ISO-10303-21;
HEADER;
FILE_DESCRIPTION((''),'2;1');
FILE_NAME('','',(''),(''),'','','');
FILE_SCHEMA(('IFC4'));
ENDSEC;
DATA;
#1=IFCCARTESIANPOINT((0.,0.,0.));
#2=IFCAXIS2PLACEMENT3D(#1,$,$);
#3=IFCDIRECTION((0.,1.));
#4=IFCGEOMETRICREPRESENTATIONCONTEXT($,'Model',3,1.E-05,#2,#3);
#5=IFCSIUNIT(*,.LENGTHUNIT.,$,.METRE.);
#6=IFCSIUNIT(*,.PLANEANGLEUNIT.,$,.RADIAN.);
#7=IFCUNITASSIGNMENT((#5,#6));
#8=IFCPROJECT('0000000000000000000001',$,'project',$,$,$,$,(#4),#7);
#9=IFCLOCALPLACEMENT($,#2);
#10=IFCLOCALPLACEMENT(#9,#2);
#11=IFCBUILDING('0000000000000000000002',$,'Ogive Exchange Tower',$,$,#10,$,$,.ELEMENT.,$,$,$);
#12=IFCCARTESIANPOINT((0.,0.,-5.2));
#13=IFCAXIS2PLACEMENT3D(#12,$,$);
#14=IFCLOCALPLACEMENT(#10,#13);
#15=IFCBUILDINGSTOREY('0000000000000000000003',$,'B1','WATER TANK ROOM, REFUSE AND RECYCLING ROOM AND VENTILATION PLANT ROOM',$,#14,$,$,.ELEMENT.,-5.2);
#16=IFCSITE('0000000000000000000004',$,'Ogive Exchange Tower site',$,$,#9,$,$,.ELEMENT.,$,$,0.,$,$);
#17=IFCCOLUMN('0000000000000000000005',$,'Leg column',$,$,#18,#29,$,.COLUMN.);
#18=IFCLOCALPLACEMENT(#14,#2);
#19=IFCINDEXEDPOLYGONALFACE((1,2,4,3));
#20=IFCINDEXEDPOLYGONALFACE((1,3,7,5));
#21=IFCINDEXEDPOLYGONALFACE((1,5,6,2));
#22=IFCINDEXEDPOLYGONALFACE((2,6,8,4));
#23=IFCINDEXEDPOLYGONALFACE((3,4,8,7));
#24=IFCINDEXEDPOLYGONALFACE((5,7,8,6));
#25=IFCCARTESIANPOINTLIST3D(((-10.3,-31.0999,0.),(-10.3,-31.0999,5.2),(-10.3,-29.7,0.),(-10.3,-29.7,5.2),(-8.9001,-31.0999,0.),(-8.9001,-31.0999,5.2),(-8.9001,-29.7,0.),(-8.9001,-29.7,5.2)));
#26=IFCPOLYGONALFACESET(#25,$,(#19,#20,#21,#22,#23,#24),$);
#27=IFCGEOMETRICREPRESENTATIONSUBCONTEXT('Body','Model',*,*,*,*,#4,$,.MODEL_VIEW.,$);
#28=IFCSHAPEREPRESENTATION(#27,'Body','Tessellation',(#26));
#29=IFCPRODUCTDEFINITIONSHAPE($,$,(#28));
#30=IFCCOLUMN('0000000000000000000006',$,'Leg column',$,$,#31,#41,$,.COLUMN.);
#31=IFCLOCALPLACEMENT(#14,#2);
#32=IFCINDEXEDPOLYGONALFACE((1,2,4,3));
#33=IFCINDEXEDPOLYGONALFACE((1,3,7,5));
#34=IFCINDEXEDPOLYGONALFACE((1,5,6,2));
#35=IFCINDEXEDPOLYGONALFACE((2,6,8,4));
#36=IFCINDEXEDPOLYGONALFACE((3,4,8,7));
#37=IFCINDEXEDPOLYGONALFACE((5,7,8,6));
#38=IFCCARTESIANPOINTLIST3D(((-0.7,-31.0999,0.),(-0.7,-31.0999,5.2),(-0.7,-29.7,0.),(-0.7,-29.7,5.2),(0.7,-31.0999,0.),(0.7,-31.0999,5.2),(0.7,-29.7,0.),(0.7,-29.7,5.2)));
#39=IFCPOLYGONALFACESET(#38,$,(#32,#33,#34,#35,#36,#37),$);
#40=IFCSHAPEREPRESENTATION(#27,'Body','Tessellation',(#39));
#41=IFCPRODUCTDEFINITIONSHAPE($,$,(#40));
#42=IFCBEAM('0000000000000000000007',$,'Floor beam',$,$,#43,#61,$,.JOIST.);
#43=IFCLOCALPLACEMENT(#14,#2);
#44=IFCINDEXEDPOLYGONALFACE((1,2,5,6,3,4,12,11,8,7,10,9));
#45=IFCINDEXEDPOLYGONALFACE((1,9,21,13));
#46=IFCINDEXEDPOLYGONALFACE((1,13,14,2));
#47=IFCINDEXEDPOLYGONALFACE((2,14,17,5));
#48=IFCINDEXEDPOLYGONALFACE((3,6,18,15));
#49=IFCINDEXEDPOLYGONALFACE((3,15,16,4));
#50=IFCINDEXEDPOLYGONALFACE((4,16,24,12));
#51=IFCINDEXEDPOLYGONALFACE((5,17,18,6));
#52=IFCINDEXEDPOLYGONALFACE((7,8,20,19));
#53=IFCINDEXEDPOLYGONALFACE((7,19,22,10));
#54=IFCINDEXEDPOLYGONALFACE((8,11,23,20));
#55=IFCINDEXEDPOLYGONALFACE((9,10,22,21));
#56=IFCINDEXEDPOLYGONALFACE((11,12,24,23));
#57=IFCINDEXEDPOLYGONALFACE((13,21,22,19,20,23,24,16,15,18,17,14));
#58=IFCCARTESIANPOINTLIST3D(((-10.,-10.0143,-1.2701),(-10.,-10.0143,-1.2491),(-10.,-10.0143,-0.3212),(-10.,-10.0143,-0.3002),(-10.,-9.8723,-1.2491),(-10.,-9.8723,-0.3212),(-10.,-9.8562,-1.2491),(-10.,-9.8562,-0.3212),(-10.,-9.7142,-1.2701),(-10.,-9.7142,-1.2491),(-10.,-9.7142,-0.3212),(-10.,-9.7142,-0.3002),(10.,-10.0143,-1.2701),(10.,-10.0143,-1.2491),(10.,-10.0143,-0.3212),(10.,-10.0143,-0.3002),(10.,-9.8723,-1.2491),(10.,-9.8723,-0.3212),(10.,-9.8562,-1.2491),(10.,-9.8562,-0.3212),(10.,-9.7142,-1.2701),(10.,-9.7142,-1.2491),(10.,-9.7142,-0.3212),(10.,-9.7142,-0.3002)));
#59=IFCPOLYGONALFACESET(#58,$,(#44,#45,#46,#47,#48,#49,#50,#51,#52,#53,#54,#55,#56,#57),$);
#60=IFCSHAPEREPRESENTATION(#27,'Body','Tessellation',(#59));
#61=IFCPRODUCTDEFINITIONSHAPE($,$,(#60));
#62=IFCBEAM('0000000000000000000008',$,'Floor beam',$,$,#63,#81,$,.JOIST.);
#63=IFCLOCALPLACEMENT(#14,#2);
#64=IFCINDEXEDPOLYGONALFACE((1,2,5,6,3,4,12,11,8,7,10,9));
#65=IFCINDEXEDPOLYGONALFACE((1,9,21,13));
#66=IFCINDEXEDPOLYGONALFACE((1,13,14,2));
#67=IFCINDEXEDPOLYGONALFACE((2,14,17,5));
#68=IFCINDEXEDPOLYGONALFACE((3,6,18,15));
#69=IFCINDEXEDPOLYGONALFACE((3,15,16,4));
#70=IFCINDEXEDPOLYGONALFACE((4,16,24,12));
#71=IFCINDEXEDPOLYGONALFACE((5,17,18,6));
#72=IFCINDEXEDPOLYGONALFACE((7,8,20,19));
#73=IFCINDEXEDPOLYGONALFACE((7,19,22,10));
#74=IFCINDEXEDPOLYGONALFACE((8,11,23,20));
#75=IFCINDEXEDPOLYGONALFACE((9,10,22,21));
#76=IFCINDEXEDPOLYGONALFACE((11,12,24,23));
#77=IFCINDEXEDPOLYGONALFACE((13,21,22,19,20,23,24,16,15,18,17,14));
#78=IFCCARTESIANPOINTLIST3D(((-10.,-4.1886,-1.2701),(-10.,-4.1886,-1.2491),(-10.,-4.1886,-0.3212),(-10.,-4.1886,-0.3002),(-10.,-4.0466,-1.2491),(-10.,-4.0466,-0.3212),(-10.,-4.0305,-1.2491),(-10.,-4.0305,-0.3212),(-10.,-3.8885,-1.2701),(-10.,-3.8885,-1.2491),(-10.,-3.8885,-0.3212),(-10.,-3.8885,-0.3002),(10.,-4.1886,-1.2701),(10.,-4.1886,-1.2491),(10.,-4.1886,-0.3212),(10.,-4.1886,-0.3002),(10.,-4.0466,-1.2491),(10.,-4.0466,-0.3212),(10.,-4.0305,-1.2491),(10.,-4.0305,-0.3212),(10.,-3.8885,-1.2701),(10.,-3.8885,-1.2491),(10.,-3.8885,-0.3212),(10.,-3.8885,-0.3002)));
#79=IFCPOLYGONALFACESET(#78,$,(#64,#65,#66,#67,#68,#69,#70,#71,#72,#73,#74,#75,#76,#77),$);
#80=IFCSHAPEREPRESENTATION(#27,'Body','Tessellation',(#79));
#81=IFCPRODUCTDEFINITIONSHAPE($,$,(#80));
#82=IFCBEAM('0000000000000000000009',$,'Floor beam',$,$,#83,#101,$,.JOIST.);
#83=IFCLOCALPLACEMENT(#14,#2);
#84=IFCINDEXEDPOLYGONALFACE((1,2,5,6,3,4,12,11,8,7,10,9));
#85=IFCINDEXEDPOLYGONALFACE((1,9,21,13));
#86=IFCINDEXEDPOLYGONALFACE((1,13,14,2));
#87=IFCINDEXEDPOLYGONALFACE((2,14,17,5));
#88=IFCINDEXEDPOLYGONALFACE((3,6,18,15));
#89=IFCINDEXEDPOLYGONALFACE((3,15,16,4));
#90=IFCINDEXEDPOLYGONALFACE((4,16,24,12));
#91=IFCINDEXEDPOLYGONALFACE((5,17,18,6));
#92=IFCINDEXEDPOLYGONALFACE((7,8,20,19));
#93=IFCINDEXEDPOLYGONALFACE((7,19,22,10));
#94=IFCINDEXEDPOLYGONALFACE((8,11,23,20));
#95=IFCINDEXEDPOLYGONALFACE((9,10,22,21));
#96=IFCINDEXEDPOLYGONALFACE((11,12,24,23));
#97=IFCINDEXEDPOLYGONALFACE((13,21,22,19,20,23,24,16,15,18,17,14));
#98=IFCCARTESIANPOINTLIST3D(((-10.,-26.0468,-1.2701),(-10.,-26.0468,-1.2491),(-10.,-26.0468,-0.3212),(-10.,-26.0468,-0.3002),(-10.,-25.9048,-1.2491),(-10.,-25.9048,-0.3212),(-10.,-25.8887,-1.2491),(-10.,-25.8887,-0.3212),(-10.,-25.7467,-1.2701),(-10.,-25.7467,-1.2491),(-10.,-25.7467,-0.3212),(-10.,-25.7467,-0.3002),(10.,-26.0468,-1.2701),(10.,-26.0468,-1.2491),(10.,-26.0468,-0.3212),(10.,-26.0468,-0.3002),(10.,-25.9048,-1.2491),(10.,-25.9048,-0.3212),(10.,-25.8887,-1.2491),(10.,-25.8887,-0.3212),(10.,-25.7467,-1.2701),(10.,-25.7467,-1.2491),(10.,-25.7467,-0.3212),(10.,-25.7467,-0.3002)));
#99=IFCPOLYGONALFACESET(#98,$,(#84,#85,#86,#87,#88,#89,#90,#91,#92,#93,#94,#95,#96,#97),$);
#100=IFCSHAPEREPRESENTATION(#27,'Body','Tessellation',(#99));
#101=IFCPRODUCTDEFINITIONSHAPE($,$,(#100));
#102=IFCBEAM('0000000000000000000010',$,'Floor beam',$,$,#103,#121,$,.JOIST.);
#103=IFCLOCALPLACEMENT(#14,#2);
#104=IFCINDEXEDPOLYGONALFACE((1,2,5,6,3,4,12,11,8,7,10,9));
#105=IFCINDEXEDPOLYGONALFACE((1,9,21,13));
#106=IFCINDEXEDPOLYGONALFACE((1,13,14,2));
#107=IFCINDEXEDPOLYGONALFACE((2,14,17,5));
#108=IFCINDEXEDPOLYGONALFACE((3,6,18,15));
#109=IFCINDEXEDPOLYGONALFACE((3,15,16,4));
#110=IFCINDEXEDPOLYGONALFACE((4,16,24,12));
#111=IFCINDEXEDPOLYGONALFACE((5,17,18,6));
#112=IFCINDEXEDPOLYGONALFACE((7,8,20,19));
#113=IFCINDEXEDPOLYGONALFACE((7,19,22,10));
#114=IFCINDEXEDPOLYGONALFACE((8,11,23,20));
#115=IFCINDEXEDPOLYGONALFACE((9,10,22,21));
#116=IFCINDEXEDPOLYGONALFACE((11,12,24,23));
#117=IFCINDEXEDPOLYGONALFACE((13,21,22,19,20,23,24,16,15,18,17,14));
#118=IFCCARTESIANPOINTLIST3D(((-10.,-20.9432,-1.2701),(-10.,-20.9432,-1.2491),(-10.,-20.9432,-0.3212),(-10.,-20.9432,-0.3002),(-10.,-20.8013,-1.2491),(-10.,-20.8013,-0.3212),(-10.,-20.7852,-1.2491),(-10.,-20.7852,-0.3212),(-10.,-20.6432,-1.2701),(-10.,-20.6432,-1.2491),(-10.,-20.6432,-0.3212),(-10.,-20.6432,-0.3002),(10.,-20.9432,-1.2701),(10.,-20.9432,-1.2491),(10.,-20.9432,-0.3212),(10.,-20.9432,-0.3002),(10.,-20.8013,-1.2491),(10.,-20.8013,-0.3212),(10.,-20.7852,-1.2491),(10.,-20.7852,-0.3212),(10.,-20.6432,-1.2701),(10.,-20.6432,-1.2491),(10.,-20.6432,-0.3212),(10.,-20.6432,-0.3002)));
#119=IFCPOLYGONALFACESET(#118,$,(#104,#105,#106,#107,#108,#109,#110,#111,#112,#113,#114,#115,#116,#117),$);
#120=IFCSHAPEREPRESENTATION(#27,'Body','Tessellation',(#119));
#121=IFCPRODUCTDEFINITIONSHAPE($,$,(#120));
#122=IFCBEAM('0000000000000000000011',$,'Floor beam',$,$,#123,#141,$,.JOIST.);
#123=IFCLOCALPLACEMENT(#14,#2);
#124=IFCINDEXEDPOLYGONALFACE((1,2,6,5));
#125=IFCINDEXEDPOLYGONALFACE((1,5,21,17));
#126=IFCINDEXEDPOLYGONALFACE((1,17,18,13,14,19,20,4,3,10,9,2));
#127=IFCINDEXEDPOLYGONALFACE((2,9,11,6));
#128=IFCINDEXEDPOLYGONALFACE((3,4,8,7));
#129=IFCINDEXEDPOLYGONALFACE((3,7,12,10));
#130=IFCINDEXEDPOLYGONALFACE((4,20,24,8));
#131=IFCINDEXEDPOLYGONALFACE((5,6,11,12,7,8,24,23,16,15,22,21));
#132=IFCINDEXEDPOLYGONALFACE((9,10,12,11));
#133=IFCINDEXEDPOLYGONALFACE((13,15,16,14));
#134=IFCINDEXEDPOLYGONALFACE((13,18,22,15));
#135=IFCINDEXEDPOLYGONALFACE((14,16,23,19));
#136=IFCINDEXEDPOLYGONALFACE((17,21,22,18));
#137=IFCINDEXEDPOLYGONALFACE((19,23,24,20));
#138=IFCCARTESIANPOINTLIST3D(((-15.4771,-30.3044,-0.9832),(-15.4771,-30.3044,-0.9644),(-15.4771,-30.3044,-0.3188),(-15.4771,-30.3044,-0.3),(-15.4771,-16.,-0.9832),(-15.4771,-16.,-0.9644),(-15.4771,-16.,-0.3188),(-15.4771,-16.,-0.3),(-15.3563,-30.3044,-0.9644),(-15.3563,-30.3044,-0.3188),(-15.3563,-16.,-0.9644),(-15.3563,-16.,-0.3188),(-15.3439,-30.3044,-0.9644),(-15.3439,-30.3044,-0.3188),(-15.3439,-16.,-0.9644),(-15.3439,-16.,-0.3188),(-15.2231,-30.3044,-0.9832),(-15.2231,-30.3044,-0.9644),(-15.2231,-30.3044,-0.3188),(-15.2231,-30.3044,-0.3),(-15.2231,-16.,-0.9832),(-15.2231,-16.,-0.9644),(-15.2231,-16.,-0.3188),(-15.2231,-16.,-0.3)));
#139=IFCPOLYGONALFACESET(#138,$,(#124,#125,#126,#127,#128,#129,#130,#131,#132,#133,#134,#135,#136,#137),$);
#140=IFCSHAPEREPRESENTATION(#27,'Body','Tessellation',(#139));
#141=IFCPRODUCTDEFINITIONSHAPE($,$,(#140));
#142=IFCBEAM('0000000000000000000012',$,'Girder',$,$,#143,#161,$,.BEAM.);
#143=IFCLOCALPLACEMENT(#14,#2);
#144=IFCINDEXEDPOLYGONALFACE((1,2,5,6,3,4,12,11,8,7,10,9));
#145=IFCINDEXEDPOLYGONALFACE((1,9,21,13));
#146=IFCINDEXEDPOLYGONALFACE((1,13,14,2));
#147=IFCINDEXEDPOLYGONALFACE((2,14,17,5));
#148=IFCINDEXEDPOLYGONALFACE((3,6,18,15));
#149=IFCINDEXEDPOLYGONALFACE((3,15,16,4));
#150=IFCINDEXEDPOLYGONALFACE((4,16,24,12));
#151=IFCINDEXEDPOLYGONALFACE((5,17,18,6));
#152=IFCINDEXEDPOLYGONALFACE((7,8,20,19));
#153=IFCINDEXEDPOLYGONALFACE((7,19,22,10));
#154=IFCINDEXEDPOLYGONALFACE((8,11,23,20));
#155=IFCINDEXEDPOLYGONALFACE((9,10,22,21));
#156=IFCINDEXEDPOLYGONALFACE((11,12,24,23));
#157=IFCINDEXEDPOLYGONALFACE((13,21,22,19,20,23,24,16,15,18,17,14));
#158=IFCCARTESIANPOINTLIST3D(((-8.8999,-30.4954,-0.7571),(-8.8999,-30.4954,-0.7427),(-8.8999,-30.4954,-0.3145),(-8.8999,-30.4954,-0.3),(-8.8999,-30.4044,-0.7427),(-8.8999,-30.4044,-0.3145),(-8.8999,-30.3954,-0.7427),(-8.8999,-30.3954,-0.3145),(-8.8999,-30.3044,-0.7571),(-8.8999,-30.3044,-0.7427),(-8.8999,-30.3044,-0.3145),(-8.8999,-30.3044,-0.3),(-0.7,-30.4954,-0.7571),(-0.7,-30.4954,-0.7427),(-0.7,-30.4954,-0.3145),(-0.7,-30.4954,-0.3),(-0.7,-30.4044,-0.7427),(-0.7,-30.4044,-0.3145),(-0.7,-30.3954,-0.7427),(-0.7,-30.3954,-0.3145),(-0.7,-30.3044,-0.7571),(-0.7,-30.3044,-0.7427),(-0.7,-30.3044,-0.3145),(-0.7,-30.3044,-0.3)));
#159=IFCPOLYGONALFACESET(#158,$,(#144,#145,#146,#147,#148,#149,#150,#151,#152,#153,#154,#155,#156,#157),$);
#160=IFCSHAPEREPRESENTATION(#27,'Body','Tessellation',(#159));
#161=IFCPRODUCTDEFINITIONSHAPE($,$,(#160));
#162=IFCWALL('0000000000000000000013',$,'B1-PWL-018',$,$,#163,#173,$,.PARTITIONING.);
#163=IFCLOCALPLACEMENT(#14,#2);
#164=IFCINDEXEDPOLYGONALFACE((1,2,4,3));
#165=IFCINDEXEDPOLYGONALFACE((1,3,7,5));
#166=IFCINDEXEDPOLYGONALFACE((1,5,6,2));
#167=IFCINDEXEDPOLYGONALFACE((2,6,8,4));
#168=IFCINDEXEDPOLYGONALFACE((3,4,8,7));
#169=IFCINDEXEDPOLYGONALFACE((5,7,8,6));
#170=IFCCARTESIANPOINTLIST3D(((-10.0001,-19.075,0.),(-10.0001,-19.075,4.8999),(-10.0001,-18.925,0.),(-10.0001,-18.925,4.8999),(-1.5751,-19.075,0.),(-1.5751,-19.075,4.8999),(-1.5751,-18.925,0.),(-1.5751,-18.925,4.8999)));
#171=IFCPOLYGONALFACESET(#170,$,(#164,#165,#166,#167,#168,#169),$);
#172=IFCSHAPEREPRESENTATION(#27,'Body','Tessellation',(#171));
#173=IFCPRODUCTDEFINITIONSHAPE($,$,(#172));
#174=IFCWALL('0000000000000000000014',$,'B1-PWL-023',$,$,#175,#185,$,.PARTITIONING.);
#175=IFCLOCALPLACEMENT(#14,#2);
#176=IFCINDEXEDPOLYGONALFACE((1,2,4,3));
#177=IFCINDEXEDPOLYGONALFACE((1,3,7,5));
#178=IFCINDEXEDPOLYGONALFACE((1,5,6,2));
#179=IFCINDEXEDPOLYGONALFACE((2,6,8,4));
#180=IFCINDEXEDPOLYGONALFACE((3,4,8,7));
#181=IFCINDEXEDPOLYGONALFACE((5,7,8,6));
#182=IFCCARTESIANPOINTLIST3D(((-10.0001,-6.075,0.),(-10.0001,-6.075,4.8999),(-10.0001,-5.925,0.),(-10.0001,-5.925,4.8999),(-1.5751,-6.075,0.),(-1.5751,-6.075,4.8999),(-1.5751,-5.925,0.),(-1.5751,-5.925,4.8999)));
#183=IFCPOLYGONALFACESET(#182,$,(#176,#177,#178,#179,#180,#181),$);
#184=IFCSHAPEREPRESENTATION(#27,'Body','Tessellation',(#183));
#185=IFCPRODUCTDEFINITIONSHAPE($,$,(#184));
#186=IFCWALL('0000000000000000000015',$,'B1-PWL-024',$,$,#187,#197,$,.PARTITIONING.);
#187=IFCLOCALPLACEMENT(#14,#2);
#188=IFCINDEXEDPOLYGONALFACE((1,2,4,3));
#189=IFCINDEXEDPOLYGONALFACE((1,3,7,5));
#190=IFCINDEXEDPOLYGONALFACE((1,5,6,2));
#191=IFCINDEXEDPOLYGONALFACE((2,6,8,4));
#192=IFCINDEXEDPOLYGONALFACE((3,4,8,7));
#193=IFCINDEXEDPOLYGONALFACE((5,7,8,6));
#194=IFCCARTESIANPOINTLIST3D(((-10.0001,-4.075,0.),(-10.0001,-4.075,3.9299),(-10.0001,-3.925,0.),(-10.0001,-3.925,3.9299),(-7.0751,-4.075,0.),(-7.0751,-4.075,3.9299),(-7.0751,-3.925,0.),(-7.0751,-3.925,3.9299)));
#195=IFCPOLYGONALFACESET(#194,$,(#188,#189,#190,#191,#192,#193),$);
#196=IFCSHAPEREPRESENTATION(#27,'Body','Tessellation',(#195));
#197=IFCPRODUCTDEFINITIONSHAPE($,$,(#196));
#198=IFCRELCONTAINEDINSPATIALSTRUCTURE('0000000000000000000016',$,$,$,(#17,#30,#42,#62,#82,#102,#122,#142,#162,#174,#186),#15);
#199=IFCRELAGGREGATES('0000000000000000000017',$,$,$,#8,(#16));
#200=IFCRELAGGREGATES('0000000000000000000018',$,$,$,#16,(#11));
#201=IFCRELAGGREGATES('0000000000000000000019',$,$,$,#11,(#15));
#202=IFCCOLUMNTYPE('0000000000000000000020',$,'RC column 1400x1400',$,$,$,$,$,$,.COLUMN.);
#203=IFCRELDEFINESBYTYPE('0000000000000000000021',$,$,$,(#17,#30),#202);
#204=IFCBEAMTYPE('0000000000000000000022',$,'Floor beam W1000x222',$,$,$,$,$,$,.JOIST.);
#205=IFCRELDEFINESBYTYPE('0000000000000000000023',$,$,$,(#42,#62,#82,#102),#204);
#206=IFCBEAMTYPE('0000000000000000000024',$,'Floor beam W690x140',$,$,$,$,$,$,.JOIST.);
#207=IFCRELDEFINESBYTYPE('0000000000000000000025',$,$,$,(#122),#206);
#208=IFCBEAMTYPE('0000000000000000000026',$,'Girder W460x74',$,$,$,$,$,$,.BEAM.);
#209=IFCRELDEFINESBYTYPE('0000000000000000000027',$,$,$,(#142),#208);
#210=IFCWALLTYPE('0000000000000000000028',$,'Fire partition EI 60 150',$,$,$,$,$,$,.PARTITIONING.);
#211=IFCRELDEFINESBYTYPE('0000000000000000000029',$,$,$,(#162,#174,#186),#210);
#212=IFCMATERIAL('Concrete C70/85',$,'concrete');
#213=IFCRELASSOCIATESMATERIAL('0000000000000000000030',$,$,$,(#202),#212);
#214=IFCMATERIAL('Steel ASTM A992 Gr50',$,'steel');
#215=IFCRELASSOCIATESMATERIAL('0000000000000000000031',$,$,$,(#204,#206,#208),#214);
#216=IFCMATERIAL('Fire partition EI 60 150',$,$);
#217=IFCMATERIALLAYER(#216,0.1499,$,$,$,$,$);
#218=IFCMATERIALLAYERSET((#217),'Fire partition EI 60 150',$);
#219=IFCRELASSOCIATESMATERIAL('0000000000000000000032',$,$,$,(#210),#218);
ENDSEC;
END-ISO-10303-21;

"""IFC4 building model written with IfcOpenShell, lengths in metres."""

from ifc_helpers import new_model, si_unit, direction, frame, frame_2d, origin, origin_2d, place, context, subcontext, project, spatial, rectangle, i_section, extrude, material, layer, layer_set, material_profile, profile_set, type_object, element, save


model = new_model("IFC4")

# Units and contexts
model_context = context("Model", 3, precision=1e-05, world=origin(), true_north=direction((0.0, 1.0)))
body_context = subcontext(model_context, "Body", "Model", "MODEL_VIEW")
ifc_project = project(units=[si_unit("LENGTHUNIT", "METRE"), si_unit("PLANEANGLEUNIT", "RADIAN")], contexts=[model_context])

# Site, building, storey
site_placement = place(None, origin())
site = spatial("IfcSite", under=ifc_project, at=site_placement, Name="Ogive Exchange Tower site", CompositionType="ELEMENT", RefElevation=0.0)
building_placement = place(site_placement, origin())
building = spatial("IfcBuilding", under=site, at=building_placement, Name="Ogive Exchange Tower", CompositionType="ELEMENT")
storey_placement = place(building_placement, frame((0.0, 0.0, -5.2)))
storey = spatial("IfcBuildingStorey", under=building, at=storey_placement, Name="B1", Description="WATER TANK ROOM, REFUSE AND RECYCLING ROOM AND VENTILATION PLANT ROOM", CompositionType="ELEMENT", Elevation=-5.2)

# Columns
ifc_material_1 = material(Name="Concrete C70/85", Category="concrete")
ifc_material_profile_1 = material_profile(ifc_material_1, rectangle(XDim=1.3999, YDim=1.3999, at=origin_2d()), Name="RC 1400x1400")
ifc_profile_set_1 = profile_set([ifc_material_profile_1], Name="Concrete C70/85")
column_type = type_object("IfcColumnType", Name="RC column 1400x1400", PredefinedType="COLUMN", material=ifc_profile_set_1)
for number, where, z_axis, x_axis, name in (
    (1, (-9.6001, -30.3999, 0.0), (0.0, 0.0, 1.0), (1.0, 0.0, 0.0), "Leg column"),
    (2, (0.0, -30.3999, 0.0), (0.0, 0.0, 1.0), (1.0, 0.0, 0.0), "Leg column"),
):
    element("IfcColumn", number, at=place(storey_placement, frame(where, z_axis=z_axis, x_axis=x_axis)), inside=storey, type_object=column_type, Name=name, PredefinedType="COLUMN", context=body_context, shape_type="SweptSolid", body=[
        extrude(rectangle(XDim=1.3999, YDim=1.3999, at=origin_2d()), origin(), (0.0, 0.0, 1.0), 5.2),
    ])

# Beams
ifc_material_2 = material(Name="Steel ASTM A992 Gr50", Category="steel")
ifc_material_profile_2 = material_profile(ifc_material_2, i_section(OverallWidth=0.3, OverallDepth=0.97, WebThickness=0.0161, FlangeThickness=0.021, at=origin_2d()), Name="W1000x222")
ifc_profile_set_2 = profile_set([ifc_material_profile_2], Name="Steel ASTM A992 Gr50")
beam_type_1 = type_object("IfcBeamType", Name="Floor beam W1000x222", PredefinedType="JOIST", material=ifc_profile_set_2)
for number, where, z_axis, x_axis, name in (
    (3, (-10.0, -9.8643, -0.7852), (1.0, 0.0, 0.0), (0.0, 1.0, 0.0), "Floor beam"),
    (4, (-10.0, -4.0386, -0.7852), (1.0, 0.0, 0.0), (0.0, 1.0, 0.0), "Floor beam"),
    (5, (-10.0, -25.8967, -0.7852), (1.0, 0.0, 0.0), (0.0, 1.0, 0.0), "Floor beam"),
    (6, (-10.0, -20.7932, -0.7852), (1.0, 0.0, 0.0), (0.0, 1.0, 0.0), "Floor beam"),
):
    element("IfcBeam", number, at=place(storey_placement, frame(where, z_axis=z_axis, x_axis=x_axis)), inside=storey, type_object=beam_type_1, Name=name, PredefinedType="JOIST", context=body_context, shape_type="SweptSolid", body=[
        extrude(i_section(OverallWidth=0.3, OverallDepth=0.97, WebThickness=0.0161, FlangeThickness=0.021, at=origin_2d()), origin(), (0.0, 0.0, 1.0), 20.0),
    ])
ifc_material_profile_3 = material_profile(ifc_material_2, i_section(OverallWidth=0.2539, OverallDepth=0.6831, WebThickness=0.0125, FlangeThickness=0.0188, at=origin_2d()), Name="W690x140")
ifc_profile_set_3 = profile_set([ifc_material_profile_3], Name="Steel ASTM A992 Gr50")
beam_type_2 = type_object("IfcBeamType", Name="Floor beam W690x140", PredefinedType="JOIST", material=ifc_profile_set_3)
beam_1_placement = place(storey_placement, frame((-15.3501, -30.3044, -0.6416), z_axis=(0.0, 1.0, 0.0), x_axis=(-1.0, 0.0, 0.0)))
element("IfcBeam", 7, at=beam_1_placement, inside=storey, type_object=beam_type_2, Name="Floor beam", PredefinedType="JOIST", context=body_context, shape_type="SweptSolid", body=[
    extrude(i_section(OverallWidth=0.2539, OverallDepth=0.6831, WebThickness=0.0125, FlangeThickness=0.0188, at=origin_2d()), origin(), (0.0, 0.0, 1.0), 14.3044),
])
ifc_material_profile_4 = material_profile(ifc_material_2, i_section(OverallWidth=0.1909, OverallDepth=0.457, WebThickness=0.009, FlangeThickness=0.0144, at=origin_2d()), Name="W460x74")
ifc_profile_set_4 = profile_set([ifc_material_profile_4], Name="Steel ASTM A992 Gr50")
beam_type_3 = type_object("IfcBeamType", Name="Girder W460x74", PredefinedType="BEAM", material=ifc_profile_set_4)
beam_2_placement = place(storey_placement, frame((-8.8999, -30.3999, -0.5286), z_axis=(1.0, 0.0, 0.0), x_axis=(0.0, 1.0, 0.0)))
element("IfcBeam", 8, at=beam_2_placement, inside=storey, type_object=beam_type_3, Name="Girder", PredefinedType="BEAM", context=body_context, shape_type="SweptSolid", body=[
    extrude(i_section(OverallWidth=0.1909, OverallDepth=0.457, WebThickness=0.009, FlangeThickness=0.0144, at=origin_2d()), origin(), (0.0, 0.0, 1.0), 8.2),
])

# Walls
ifc_material_3 = material(Name="Fire partition EI 60 150")
ifc_layer_1 = layer(ifc_material_3, 0.1499)
ifc_layer_set_1 = layer_set([ifc_layer_1], Name="Fire partition EI 60 150")
wall_type_1 = type_object("IfcWallType", Name="Fire partition EI 60 150", PredefinedType="PARTITIONING", material=ifc_layer_set_1)
for number, where, z_axis, x_axis, name in (
    (9, (-10.0, -19.0, 0.0), (0.0, 0.0, 1.0), (1.0, 0.0, 0.0), "B1-PWL-018"),
    (10, (-10.0, -6.0, 0.0), (0.0, 0.0, 1.0), (1.0, 0.0, 0.0), "B1-PWL-023"),
):
    element("IfcWall", number, at=place(storey_placement, frame(where, z_axis=z_axis, x_axis=x_axis)), inside=storey, type_object=wall_type_1, Name=name, PredefinedType="PARTITIONING", context=body_context, shape_type="SweptSolid", body=[
        extrude(rectangle(XDim=8.425, YDim=0.1499, at=frame_2d((4.2124, 0.0))), origin(), (0.0, 0.0, 1.0), 4.8999),
    ])
wall_1_placement = place(storey_placement, frame((-10.0, -4.0, 0.0), z_axis=(0.0, 0.0, 1.0), x_axis=(1.0, 0.0, 0.0)))
element("IfcWall", 11, at=wall_1_placement, inside=storey, type_object=wall_type_1, Name="B1-PWL-024", PredefinedType="PARTITIONING", context=body_context, shape_type="SweptSolid", body=[
    extrude(rectangle(XDim=2.925, YDim=0.1499, at=frame_2d((1.4624, 0.0))), origin(), (0.0, 0.0, 1.0), 3.9299),
])

save(model, "model.ifc")
